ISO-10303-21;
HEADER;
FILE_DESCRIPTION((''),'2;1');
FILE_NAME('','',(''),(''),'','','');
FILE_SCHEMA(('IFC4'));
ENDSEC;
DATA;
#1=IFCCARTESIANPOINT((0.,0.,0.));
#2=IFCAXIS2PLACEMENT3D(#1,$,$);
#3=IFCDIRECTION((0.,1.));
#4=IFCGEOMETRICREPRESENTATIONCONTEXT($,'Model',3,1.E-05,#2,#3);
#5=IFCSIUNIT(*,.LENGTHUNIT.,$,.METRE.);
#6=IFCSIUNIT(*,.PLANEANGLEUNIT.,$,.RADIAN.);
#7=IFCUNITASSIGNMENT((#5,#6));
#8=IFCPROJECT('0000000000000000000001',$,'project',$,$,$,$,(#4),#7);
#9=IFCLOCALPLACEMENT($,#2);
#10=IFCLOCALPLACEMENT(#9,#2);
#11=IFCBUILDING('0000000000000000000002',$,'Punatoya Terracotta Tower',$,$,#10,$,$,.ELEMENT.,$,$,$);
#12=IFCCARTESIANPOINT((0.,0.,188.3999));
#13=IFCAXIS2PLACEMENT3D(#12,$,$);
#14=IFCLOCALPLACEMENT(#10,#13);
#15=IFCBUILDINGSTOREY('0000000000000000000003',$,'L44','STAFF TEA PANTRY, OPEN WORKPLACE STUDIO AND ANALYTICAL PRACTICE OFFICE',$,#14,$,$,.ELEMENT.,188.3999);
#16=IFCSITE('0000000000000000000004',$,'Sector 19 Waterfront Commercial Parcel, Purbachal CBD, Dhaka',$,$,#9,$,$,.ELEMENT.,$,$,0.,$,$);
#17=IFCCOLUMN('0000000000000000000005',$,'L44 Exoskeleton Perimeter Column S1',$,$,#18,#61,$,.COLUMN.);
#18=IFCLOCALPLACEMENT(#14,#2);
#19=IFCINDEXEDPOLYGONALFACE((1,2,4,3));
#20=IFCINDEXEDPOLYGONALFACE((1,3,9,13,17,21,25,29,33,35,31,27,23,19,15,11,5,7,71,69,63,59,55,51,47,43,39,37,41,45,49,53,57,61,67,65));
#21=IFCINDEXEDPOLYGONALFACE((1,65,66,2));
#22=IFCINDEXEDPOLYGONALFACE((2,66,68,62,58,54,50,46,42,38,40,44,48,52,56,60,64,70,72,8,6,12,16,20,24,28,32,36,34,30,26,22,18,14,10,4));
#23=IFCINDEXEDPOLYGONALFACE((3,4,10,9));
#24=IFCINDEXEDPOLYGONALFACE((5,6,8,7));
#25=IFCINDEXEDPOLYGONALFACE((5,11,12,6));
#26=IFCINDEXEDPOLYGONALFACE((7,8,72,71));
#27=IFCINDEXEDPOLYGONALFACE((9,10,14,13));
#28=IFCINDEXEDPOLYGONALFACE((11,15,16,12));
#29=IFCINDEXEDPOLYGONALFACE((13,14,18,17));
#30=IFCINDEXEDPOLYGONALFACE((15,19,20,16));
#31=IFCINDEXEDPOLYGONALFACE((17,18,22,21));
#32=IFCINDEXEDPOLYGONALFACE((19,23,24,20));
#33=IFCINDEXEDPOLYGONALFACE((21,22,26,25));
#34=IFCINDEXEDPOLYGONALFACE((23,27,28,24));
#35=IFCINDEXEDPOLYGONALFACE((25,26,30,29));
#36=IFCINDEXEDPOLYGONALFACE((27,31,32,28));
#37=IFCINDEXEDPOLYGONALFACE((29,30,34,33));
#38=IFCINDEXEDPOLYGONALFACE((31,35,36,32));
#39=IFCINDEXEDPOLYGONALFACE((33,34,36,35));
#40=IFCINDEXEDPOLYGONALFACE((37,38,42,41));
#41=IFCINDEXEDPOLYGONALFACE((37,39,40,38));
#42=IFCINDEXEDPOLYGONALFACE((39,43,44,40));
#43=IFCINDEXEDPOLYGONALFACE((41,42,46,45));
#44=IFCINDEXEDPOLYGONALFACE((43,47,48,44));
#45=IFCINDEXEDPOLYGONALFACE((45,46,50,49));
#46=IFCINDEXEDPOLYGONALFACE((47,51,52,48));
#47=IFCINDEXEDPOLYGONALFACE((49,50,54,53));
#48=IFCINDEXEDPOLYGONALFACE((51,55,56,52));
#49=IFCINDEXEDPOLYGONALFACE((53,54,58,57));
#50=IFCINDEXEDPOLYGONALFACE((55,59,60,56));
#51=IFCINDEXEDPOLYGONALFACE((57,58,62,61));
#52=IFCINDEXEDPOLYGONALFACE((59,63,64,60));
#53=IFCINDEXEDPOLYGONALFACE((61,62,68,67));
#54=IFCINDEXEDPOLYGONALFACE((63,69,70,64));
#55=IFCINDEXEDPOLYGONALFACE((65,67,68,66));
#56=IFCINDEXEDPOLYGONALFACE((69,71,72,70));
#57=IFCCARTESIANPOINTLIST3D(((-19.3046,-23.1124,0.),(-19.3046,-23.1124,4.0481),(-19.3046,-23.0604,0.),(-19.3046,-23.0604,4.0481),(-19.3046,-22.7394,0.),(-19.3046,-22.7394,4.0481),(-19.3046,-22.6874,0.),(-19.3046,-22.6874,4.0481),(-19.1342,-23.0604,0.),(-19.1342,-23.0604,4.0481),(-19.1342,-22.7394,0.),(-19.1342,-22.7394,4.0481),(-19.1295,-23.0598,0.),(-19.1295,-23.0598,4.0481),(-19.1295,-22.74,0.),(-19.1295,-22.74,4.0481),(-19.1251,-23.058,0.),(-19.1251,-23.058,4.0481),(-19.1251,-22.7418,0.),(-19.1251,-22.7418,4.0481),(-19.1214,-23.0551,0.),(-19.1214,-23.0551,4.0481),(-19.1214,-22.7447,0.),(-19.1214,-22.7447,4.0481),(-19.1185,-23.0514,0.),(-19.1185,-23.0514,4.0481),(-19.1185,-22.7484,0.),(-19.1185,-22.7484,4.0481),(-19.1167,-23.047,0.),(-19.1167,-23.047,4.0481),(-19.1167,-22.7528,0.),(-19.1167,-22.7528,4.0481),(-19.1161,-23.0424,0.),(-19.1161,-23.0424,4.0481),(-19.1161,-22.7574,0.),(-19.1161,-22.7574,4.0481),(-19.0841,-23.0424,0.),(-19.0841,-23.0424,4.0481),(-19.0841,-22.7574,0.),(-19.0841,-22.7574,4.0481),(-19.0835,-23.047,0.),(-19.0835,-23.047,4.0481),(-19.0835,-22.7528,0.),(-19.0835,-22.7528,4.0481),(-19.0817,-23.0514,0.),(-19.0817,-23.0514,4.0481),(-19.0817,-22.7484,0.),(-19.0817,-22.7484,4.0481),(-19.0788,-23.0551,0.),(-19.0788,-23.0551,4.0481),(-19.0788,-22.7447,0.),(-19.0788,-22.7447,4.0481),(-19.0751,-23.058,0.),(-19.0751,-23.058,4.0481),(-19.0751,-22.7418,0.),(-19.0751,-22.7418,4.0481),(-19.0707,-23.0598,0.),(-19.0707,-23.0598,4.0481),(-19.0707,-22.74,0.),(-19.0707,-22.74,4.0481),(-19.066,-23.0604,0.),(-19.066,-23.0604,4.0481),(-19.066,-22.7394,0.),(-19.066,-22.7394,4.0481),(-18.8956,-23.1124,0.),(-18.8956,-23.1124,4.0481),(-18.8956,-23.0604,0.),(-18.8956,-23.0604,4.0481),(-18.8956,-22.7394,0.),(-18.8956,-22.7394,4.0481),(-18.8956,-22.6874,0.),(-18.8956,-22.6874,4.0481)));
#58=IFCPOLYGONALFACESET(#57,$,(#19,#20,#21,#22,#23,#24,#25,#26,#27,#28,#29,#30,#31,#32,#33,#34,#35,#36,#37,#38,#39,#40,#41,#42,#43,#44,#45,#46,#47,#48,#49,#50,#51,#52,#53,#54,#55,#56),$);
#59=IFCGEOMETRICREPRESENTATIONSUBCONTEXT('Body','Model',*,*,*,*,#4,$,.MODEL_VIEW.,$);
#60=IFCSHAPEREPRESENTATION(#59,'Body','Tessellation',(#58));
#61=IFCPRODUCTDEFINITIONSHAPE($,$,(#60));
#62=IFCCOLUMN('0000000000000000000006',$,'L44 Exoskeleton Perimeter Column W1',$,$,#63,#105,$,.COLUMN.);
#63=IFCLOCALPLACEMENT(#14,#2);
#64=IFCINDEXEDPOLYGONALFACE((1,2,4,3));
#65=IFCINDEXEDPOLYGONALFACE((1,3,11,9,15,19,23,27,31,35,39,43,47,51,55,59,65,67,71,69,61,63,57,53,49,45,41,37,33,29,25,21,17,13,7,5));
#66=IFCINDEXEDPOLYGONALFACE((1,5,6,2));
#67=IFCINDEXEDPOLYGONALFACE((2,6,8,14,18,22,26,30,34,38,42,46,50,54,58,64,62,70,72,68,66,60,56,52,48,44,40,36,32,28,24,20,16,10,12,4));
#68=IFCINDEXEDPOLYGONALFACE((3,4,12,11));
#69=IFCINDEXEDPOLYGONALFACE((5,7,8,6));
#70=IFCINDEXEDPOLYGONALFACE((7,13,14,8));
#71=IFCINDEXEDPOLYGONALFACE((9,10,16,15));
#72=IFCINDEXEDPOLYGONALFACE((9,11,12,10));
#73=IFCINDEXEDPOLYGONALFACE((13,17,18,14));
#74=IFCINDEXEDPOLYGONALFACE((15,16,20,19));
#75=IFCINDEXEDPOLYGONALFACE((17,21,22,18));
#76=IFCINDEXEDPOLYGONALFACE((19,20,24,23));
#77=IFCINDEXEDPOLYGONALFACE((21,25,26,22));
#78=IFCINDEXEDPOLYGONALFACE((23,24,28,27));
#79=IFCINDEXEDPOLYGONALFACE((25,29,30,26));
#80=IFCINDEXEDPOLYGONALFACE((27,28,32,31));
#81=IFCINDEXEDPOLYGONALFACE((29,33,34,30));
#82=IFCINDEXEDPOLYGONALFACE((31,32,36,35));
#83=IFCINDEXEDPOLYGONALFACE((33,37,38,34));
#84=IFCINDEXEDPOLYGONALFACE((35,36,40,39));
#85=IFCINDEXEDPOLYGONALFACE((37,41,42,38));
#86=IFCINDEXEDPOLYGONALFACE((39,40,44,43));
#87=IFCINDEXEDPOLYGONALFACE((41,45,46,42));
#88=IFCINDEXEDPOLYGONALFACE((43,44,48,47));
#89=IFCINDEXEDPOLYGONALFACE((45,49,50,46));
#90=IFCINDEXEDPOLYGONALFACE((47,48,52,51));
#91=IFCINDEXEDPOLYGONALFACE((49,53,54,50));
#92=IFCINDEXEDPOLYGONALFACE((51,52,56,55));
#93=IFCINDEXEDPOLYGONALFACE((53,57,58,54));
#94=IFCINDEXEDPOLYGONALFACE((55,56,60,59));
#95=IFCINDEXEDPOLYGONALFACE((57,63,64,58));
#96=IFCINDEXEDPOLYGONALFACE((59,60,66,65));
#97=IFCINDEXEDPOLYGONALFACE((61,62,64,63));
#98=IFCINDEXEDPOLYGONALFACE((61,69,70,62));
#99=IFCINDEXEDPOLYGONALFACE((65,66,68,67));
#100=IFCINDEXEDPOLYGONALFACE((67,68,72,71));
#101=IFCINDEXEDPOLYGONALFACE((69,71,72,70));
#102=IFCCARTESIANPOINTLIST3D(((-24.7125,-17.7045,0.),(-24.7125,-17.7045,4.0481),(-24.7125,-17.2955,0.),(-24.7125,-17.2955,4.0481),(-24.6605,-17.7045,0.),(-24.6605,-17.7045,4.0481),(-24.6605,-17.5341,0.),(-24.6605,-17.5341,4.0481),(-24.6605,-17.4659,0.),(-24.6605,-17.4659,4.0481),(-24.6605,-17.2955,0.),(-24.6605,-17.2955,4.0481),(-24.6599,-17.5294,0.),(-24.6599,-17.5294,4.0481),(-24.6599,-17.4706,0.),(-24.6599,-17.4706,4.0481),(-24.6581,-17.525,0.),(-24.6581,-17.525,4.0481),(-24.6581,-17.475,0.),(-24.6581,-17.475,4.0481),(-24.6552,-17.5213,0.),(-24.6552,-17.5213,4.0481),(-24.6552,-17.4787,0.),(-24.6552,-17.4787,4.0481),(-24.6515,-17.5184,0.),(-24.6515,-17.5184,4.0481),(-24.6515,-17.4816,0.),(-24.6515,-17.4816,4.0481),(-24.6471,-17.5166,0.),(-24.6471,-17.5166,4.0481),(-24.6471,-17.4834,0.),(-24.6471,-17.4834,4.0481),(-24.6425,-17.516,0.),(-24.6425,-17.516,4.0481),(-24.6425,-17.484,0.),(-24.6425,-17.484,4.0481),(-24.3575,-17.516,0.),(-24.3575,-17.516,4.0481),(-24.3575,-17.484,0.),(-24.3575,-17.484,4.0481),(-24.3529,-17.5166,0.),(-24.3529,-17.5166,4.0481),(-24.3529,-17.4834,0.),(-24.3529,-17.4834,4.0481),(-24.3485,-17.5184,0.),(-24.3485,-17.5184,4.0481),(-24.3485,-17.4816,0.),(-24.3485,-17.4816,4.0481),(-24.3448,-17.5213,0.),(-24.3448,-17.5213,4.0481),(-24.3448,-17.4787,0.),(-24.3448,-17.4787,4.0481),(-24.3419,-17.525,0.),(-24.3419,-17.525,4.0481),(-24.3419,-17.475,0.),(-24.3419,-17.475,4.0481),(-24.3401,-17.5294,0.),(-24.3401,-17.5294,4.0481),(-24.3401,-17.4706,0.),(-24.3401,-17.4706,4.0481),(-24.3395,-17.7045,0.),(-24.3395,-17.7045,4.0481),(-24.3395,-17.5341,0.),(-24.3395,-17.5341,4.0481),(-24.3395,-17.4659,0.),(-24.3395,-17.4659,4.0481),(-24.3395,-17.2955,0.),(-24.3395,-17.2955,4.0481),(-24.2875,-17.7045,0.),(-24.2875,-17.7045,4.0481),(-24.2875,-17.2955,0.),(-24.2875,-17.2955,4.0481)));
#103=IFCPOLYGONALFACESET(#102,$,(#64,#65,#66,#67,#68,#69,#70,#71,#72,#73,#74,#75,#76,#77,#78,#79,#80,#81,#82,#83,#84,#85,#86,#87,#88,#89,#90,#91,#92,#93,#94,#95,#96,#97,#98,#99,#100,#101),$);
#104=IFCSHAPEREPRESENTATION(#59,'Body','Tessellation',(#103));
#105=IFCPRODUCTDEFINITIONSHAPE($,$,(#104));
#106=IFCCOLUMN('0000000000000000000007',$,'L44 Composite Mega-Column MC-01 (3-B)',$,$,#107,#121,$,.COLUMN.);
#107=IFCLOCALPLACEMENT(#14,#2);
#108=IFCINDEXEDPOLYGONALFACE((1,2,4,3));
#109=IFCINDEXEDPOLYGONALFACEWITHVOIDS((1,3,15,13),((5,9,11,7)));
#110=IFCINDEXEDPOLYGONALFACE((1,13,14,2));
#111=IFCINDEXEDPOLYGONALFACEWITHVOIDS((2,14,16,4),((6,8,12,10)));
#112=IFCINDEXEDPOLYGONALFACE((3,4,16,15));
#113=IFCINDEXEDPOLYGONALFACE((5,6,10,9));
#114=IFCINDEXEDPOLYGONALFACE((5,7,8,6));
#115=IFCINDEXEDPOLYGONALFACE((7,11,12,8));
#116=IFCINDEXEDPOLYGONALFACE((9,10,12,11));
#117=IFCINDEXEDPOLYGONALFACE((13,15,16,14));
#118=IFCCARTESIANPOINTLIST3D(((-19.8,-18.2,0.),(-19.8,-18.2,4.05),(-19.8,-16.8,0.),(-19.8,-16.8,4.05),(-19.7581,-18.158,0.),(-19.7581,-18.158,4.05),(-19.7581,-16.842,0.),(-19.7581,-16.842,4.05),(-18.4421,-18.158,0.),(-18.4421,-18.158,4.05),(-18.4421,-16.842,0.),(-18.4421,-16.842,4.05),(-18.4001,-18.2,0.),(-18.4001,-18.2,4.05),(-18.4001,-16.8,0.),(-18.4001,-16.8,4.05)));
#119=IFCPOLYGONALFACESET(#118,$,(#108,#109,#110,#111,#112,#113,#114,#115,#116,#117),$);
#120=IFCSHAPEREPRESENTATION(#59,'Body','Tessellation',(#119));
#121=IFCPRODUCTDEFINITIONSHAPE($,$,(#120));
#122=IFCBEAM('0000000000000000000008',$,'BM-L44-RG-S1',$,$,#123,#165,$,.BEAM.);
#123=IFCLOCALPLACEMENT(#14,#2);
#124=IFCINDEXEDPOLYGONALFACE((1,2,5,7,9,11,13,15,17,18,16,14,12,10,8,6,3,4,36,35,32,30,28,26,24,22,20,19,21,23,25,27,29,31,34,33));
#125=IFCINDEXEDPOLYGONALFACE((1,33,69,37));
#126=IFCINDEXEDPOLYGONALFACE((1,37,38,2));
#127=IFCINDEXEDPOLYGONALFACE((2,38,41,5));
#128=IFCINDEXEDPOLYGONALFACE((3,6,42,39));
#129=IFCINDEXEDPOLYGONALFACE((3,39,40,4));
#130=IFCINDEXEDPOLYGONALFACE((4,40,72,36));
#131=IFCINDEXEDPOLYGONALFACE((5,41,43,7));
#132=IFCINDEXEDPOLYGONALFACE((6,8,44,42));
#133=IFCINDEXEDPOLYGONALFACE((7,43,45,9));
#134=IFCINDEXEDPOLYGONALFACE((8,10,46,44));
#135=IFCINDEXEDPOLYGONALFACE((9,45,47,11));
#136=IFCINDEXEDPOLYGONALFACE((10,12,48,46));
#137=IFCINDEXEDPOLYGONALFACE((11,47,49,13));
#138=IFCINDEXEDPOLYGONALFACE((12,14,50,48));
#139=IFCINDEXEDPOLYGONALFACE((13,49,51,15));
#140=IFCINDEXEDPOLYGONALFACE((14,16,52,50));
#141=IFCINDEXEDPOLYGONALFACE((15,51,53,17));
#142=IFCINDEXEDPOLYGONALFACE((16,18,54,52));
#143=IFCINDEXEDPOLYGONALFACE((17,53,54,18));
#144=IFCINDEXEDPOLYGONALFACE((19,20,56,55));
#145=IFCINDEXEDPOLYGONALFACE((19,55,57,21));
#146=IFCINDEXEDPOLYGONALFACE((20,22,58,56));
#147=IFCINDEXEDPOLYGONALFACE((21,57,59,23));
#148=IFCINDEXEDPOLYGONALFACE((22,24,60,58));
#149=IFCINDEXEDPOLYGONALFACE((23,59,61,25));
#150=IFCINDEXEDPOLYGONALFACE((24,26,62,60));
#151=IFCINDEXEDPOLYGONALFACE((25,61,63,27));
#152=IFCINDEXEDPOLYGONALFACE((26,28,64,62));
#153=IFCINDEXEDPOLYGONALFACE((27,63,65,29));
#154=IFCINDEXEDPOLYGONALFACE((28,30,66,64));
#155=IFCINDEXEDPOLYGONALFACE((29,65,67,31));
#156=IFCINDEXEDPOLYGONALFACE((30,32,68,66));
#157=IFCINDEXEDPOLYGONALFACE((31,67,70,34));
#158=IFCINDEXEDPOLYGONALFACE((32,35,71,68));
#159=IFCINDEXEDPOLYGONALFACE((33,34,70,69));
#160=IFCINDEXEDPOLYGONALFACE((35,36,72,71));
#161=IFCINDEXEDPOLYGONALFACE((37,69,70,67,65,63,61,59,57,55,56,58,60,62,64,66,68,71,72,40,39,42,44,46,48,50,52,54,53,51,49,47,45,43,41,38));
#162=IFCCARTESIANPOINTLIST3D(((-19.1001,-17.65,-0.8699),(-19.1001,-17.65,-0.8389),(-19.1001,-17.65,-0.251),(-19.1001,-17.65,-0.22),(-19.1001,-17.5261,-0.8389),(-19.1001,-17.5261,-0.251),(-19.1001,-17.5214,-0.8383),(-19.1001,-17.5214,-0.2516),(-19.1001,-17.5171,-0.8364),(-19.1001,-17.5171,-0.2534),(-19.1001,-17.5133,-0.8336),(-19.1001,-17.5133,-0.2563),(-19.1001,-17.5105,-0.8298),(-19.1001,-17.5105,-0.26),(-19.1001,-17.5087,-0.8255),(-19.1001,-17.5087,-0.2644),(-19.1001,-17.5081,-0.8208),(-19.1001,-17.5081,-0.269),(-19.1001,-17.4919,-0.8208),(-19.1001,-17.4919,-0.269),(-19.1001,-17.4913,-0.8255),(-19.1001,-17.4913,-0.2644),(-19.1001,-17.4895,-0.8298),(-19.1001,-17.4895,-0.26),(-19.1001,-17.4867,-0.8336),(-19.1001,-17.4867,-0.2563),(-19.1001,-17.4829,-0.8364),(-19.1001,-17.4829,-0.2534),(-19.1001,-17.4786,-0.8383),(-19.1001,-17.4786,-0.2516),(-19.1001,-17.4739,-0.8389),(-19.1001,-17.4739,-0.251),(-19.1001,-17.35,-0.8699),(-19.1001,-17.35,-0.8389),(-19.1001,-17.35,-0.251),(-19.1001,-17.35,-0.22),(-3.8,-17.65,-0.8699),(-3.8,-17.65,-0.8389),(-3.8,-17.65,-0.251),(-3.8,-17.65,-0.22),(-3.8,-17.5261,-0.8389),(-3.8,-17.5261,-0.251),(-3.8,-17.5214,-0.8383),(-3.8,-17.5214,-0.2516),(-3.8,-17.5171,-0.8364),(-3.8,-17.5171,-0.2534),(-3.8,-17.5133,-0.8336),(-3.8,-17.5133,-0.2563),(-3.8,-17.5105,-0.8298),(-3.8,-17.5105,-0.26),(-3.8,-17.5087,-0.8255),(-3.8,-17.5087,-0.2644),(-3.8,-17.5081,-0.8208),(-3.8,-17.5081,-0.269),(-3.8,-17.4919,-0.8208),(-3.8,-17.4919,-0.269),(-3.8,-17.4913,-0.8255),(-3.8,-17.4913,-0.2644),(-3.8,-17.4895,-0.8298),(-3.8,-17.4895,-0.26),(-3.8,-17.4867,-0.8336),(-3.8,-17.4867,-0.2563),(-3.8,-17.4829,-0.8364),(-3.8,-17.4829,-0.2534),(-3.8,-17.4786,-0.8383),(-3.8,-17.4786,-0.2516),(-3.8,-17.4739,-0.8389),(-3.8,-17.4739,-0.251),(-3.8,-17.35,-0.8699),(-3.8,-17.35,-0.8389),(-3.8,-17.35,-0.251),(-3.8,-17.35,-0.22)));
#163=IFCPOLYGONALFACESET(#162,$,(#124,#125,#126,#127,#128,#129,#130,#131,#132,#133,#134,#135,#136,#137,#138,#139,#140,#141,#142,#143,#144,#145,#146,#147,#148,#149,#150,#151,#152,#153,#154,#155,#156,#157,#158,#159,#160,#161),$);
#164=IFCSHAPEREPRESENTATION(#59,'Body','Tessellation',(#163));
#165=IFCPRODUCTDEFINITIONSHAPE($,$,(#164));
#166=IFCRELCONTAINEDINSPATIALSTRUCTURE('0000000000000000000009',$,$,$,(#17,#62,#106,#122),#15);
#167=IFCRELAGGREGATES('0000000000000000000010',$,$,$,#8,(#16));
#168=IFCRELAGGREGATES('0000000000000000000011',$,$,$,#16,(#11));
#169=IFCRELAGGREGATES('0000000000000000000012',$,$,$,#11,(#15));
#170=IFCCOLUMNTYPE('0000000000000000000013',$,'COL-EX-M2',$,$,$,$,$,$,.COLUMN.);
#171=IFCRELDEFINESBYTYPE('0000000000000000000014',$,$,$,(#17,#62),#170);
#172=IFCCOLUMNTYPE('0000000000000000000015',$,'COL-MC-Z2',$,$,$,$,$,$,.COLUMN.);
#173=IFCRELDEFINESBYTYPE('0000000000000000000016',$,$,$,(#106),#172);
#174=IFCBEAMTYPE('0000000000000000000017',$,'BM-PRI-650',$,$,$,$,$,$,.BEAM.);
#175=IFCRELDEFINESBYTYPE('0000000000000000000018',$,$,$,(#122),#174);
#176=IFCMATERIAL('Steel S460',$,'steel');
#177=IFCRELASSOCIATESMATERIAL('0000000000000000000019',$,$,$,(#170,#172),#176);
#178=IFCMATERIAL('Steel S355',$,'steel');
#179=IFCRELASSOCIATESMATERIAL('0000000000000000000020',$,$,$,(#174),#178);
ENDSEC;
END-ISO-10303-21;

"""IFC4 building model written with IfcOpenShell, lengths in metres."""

from ifc_helpers import new_model, si_unit, direction, frame, origin, origin_2d, place, context, subcontext, project, spatial, hollow_rectangle, i_section, extrude, material, material_profile, profile_set, type_object, element, save


model = new_model("IFC4")

# Units and contexts
model_context = context("Model", 3, precision=1e-05, world=origin(), true_north=direction((0.0, 1.0)))
body_context = subcontext(model_context, "Body", "Model", "MODEL_VIEW")
ifc_project = project(units=[si_unit("LENGTHUNIT", "METRE"), si_unit("PLANEANGLEUNIT", "RADIAN")], contexts=[model_context])

# Site, building, storey
site_placement = place(None, origin())
site = spatial("IfcSite", under=ifc_project, at=site_placement, Name="Sector 19 Waterfront Commercial Parcel, Purbachal CBD, Dhaka", CompositionType="ELEMENT", RefElevation=0.0)
building_placement = place(site_placement, origin())
building = spatial("IfcBuilding", under=site, at=building_placement, Name="Punatoya Terracotta Tower", CompositionType="ELEMENT")
storey_placement = place(building_placement, frame((0.0, 0.0, 188.3999)))
storey = spatial("IfcBuildingStorey", under=building, at=storey_placement, Name="L44", Description="STAFF TEA PANTRY, OPEN WORKPLACE STUDIO AND ANALYTICAL PRACTICE OFFICE", CompositionType="ELEMENT", Elevation=188.3999)

# Columns
ifc_material_1 = material(Name="Steel S460", Category="steel")
ifc_material_profile_1 = material_profile(ifc_material_1, i_section(OverallWidth=0.4089, OverallDepth=0.425, WebThickness=0.032, FlangeThickness=0.052, FilletRadius=0.0181, at=origin_2d()))
ifc_profile_set_1 = profile_set([ifc_material_profile_1], Name="Steel S460")
column_type_1 = type_object("IfcColumnType", Name="COL-EX-M2", PredefinedType="COLUMN", material=ifc_profile_set_1)
for number, where, z_axis, x_axis, name in (
    (1, (-19.1001, -22.8999, 0.0), (0.0, 0.0, 1.0), (1.0, 0.0, 0.0), "L44 Exoskeleton Perimeter Column S1"),
    (2, (-24.5, -17.5, 0.0), (0.0, 0.0, 1.0), (0.0, 1.0, 0.0), "L44 Exoskeleton Perimeter Column W1"),
):
    element("IfcColumn", number, at=place(storey_placement, frame(where, z_axis=z_axis, x_axis=x_axis)), inside=storey, type_object=column_type_1, Name=name, PredefinedType="COLUMN", context=body_context, shape_type="SweptSolid", body=[
        extrude(i_section(OverallWidth=0.4089, OverallDepth=0.425, WebThickness=0.032, FlangeThickness=0.052, FilletRadius=0.0181, at=origin_2d()), origin(), (0.0, 0.0, 1.0), 4.0481),
    ])
ifc_material_profile_2 = material_profile(ifc_material_1, hollow_rectangle(XDim=1.3999, YDim=1.3999, WallThickness=0.042, at=origin_2d()))
ifc_profile_set_2 = profile_set([ifc_material_profile_2], Name="Steel S460")
column_type_2 = type_object("IfcColumnType", Name="COL-MC-Z2", PredefinedType="COLUMN", material=ifc_profile_set_2)
column_placement = place(storey_placement, frame((-19.1001, -17.5, 0.0), z_axis=(0.0, 0.0, 1.0), x_axis=(1.0, 0.0, 0.0)))
element("IfcColumn", 3, at=column_placement, inside=storey, type_object=column_type_2, Name="L44 Composite Mega-Column MC-01 (3-B)", PredefinedType="COLUMN", context=body_context, shape_type="SweptSolid", body=[
    extrude(hollow_rectangle(XDim=1.3999, YDim=1.3999, WallThickness=0.042, at=origin_2d()), origin(), (0.0, 0.0, 1.0), 4.05),
])

# Beam
ifc_material_2 = material(Name="Steel S355", Category="steel")
ifc_material_profile_3 = material_profile(ifc_material_2, i_section(OverallWidth=0.3, OverallDepth=0.6499, WebThickness=0.0161, FlangeThickness=0.031, FilletRadius=0.0181, at=origin_2d()))
ifc_profile_set_3 = profile_set([ifc_material_profile_3], Name="Steel S355")
beam_type_1 = type_object("IfcBeamType", Name="BM-PRI-650", PredefinedType="BEAM", material=ifc_profile_set_3)
beam_1_placement = place(storey_placement, frame((-19.1001, -17.5, -0.5449), z_axis=(1.0, 0.0, 0.0), x_axis=(0.0, 1.0, 0.0)))
element("IfcBeam", 4, at=beam_1_placement, inside=storey, type_object=beam_type_1, Name="BM-L44-RG-S1", PredefinedType="BEAM", context=body_context, shape_type="SweptSolid", body=[
    extrude(i_section(OverallWidth=0.3, OverallDepth=0.6499, WebThickness=0.0161, FlangeThickness=0.031, FilletRadius=0.0181, at=origin_2d()), origin(), (0.0, 0.0, 1.0), 15.3),
])

save(model, "model.ifc")
